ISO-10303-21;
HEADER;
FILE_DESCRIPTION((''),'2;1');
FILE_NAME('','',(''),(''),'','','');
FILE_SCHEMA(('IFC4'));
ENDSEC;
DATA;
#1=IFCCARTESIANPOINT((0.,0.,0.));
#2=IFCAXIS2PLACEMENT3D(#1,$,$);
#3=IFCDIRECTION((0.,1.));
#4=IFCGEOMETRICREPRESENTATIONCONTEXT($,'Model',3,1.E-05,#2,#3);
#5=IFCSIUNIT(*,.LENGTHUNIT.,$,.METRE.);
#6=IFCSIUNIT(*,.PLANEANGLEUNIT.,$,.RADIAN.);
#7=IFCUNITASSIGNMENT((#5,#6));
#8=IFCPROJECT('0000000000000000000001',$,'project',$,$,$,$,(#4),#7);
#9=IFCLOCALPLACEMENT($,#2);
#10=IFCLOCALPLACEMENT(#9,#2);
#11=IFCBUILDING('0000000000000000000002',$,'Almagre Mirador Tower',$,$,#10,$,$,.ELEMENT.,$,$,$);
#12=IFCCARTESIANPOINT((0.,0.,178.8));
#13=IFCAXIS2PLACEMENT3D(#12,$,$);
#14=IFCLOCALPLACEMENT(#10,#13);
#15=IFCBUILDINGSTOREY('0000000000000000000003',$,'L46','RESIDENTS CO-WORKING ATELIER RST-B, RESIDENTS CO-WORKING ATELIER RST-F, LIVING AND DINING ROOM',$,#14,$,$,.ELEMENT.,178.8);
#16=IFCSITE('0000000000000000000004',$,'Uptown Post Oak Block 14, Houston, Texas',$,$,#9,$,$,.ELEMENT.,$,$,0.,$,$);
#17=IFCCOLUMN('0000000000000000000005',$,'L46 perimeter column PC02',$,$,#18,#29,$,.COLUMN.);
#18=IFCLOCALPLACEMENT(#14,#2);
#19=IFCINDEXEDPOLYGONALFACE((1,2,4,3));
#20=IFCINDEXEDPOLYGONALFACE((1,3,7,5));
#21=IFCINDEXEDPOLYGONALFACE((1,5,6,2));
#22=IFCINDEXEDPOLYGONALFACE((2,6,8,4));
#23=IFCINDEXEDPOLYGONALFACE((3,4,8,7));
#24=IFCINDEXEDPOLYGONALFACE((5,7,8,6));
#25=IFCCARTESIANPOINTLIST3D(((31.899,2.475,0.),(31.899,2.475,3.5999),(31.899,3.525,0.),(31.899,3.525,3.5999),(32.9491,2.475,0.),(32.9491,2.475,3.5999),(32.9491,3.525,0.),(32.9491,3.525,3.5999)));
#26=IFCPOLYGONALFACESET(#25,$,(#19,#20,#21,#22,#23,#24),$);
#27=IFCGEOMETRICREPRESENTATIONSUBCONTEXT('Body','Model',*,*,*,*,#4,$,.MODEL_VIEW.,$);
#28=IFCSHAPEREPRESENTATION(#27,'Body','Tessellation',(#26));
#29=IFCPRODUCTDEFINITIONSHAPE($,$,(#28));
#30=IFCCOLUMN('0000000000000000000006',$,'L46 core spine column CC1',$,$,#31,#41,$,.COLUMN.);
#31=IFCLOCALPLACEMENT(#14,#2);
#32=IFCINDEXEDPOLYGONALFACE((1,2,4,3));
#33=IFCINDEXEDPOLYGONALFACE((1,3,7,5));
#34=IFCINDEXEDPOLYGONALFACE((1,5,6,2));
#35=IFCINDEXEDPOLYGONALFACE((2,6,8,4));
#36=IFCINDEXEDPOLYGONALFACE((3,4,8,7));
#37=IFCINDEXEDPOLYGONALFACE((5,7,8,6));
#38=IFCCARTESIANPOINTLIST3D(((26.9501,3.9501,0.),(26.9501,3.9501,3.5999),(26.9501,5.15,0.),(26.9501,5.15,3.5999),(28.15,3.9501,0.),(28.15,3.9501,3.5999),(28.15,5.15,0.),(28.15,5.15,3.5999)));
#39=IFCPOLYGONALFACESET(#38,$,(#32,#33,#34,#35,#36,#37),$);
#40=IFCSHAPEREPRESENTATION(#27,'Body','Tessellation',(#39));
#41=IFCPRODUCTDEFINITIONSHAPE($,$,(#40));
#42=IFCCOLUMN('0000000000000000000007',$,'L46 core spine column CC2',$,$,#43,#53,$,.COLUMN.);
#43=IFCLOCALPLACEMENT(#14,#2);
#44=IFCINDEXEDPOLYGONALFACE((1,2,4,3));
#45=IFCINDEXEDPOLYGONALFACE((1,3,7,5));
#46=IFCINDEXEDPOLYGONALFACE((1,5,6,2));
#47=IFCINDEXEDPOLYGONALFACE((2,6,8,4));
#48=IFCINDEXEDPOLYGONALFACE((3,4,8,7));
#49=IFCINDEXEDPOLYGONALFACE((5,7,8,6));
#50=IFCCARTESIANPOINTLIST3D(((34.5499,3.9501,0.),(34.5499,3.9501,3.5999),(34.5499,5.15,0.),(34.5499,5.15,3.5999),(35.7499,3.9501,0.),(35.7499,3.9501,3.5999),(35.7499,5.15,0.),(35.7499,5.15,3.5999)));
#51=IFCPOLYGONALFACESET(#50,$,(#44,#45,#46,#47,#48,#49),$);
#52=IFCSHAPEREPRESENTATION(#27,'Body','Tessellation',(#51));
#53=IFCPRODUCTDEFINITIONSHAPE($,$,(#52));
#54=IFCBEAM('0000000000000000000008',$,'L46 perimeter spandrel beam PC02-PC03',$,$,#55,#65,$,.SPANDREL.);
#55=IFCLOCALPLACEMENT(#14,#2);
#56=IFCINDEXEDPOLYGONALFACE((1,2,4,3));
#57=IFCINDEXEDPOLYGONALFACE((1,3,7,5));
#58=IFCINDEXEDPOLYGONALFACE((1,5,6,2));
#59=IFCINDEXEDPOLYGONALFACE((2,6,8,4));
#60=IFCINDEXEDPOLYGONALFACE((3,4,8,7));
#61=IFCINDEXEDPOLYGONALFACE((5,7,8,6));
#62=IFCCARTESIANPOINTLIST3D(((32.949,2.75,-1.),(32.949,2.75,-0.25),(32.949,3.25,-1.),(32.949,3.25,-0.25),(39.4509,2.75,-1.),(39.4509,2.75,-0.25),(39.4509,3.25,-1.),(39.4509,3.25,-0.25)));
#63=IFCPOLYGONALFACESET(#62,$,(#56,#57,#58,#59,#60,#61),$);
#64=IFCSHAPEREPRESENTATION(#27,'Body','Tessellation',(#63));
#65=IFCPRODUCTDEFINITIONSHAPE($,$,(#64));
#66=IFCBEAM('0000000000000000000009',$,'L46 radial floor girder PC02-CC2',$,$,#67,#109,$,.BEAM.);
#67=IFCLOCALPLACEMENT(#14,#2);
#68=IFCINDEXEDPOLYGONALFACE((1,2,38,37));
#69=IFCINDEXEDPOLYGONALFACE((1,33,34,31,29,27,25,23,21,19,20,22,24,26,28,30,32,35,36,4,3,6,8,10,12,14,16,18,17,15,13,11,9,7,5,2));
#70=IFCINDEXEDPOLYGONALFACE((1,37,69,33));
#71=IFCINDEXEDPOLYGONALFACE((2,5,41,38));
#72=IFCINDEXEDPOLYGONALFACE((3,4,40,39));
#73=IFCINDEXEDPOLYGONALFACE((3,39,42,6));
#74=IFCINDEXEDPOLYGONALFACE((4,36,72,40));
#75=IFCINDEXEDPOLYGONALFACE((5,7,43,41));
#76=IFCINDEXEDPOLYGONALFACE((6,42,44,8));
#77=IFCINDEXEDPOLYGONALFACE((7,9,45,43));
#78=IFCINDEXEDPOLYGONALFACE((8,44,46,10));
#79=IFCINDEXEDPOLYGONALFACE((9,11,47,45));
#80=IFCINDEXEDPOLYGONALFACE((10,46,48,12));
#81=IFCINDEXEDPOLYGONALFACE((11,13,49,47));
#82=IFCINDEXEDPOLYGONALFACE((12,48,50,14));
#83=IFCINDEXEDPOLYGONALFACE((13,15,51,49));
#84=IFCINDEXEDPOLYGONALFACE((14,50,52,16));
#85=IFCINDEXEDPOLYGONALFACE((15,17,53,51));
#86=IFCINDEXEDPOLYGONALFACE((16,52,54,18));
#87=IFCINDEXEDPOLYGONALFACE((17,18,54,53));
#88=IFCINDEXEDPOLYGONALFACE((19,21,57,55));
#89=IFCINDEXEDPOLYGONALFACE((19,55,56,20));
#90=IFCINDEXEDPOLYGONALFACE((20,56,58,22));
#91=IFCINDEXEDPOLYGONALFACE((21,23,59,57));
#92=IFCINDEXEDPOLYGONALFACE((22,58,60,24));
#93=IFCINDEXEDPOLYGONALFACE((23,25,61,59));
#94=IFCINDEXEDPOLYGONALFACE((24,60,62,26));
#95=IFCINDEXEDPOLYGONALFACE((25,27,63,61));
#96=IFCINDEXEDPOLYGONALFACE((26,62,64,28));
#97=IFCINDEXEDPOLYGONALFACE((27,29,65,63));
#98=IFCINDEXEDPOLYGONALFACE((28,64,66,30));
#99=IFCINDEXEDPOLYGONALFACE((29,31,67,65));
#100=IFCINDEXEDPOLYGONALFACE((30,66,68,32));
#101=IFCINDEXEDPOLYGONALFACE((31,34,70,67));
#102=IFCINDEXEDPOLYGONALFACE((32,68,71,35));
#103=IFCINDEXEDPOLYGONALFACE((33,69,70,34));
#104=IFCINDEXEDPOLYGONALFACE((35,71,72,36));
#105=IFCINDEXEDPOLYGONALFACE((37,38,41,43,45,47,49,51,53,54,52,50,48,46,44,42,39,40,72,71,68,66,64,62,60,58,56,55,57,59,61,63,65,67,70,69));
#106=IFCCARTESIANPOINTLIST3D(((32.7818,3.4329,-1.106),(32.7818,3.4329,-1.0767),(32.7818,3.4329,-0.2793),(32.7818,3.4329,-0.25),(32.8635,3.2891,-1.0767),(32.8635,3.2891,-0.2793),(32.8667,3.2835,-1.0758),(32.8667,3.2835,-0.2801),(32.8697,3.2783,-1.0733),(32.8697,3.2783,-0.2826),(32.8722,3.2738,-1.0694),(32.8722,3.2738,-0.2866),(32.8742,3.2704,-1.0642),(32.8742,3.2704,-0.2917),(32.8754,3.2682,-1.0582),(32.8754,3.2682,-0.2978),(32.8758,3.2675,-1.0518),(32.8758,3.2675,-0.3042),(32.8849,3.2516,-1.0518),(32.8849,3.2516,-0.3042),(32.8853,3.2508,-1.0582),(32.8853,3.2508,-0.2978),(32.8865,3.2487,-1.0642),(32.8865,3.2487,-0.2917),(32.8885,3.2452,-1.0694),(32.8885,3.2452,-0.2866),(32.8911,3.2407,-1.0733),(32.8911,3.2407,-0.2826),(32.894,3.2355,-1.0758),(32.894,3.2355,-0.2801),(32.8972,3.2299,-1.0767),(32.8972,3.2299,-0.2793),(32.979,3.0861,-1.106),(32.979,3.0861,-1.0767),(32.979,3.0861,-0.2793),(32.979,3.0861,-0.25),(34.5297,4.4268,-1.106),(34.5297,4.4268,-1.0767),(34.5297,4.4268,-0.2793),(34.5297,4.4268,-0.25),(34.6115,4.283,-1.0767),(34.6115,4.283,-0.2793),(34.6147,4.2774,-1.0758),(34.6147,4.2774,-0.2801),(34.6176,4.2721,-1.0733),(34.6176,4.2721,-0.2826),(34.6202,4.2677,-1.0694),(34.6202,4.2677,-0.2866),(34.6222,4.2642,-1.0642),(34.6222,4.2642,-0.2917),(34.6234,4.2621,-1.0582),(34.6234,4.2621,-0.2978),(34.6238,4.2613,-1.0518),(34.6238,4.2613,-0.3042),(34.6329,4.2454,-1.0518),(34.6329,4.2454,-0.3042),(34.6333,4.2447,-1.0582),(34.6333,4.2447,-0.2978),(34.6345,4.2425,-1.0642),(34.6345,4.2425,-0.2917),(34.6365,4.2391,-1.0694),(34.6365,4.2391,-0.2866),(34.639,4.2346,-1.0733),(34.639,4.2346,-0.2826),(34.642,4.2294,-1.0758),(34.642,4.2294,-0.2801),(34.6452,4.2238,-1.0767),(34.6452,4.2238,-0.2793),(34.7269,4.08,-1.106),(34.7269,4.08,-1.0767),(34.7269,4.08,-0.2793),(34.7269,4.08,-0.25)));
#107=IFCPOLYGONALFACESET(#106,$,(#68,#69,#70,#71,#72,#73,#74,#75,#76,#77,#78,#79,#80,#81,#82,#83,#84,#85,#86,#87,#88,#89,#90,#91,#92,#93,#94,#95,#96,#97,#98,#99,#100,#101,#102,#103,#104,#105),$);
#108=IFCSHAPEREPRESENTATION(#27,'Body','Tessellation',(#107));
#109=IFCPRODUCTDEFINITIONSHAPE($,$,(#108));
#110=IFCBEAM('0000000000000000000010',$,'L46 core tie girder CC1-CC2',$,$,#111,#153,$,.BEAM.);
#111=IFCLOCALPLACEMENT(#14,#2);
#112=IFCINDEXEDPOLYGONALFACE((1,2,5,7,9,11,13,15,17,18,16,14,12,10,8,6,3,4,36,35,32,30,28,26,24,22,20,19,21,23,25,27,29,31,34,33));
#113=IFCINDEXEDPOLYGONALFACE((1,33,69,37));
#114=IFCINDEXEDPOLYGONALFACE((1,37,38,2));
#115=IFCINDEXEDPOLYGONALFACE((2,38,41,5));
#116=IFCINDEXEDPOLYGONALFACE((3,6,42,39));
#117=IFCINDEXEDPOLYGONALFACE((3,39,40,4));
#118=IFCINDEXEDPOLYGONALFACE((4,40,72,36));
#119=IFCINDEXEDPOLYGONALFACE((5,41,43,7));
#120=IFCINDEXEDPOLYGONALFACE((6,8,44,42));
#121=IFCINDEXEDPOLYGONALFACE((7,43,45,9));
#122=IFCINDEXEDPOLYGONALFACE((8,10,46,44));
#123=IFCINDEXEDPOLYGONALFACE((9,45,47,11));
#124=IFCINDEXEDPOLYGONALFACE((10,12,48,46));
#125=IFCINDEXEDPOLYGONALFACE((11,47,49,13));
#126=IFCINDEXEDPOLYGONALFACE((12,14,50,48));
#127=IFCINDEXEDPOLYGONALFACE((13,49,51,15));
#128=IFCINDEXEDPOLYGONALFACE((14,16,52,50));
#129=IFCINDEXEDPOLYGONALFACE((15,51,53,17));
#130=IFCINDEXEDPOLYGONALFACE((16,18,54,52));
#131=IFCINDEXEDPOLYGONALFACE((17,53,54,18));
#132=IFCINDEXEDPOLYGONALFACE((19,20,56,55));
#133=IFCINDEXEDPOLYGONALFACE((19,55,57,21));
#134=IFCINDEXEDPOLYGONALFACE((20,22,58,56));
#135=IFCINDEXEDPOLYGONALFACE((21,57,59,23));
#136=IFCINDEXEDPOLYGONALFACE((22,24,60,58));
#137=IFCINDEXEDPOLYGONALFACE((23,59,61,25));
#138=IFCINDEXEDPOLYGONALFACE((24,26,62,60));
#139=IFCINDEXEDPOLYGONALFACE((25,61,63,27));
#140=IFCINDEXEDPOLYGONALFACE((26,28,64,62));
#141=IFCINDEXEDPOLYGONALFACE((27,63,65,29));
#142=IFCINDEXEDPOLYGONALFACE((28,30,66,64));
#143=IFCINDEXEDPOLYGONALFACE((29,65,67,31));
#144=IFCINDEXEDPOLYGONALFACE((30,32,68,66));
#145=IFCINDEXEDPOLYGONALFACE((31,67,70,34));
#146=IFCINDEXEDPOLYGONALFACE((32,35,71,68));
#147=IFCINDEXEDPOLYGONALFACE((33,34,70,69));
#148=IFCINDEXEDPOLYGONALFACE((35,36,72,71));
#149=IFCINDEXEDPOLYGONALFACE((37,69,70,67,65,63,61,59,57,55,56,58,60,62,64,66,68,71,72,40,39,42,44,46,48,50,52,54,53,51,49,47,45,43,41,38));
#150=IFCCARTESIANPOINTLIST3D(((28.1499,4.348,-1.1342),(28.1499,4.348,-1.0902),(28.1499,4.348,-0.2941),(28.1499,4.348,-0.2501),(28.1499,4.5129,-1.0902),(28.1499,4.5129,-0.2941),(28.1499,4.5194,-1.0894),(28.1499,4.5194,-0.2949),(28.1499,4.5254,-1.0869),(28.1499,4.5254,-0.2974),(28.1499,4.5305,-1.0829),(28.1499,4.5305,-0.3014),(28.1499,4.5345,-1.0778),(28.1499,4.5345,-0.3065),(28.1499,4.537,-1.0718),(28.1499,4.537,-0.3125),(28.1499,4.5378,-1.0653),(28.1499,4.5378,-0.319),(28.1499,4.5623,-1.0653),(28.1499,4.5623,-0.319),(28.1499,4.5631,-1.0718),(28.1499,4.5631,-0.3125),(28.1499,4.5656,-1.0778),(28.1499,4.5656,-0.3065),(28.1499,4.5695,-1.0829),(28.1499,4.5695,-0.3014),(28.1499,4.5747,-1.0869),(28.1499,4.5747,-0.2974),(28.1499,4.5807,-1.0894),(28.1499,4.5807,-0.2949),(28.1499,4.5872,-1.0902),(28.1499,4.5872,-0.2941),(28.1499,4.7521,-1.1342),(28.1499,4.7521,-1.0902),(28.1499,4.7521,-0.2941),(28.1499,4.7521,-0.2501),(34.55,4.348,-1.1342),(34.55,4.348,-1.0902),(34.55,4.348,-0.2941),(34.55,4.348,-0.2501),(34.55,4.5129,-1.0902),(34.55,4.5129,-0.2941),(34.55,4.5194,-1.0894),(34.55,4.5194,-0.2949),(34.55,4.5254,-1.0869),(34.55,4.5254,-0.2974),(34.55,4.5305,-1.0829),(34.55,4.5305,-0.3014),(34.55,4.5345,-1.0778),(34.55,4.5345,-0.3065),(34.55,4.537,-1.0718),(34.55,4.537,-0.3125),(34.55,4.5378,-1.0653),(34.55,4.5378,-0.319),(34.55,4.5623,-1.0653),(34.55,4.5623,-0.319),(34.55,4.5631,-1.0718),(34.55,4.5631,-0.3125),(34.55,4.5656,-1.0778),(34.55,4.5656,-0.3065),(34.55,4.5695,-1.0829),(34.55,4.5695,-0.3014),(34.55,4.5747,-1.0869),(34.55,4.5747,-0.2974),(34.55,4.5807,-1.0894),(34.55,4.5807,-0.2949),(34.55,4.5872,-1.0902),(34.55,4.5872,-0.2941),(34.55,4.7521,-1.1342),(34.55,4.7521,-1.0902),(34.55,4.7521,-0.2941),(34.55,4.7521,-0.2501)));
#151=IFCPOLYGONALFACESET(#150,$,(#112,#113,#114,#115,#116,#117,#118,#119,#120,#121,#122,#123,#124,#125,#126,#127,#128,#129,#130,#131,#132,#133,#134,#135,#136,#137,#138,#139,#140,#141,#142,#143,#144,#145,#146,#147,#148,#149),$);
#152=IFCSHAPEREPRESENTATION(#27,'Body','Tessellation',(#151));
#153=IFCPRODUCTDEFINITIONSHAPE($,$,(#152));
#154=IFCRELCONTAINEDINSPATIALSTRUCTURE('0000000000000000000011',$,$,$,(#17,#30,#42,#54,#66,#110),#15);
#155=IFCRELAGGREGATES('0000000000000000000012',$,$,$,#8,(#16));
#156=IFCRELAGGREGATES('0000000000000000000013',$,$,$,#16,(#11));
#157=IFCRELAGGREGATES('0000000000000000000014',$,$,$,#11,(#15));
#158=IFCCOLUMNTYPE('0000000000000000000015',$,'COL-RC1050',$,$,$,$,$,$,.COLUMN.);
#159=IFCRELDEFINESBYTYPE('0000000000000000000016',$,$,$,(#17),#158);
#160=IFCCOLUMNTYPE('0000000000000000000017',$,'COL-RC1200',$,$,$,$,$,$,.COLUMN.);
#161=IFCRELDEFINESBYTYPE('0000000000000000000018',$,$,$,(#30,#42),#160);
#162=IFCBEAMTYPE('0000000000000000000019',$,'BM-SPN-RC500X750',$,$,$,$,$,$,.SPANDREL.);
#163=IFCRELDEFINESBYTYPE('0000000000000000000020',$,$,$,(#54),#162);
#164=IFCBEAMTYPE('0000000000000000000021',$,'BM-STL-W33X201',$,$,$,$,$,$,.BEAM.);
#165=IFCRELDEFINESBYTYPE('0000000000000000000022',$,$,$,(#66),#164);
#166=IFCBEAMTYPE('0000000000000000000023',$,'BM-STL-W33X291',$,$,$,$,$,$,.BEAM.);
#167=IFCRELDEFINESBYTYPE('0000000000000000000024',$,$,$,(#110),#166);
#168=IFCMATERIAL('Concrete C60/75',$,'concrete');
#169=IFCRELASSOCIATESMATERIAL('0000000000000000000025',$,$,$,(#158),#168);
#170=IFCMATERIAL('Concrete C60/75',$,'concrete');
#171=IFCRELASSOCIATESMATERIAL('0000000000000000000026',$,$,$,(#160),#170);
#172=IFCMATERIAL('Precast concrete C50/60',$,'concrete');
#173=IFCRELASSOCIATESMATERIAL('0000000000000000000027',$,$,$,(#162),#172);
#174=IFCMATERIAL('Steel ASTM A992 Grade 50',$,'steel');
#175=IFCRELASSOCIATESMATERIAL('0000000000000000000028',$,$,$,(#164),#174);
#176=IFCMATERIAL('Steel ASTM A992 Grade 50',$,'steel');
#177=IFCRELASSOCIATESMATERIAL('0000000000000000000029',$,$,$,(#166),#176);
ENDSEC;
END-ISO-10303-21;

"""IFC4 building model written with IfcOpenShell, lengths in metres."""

from ifc_helpers import new_model, si_unit, direction, frame, origin, origin_2d, place, context, subcontext, project, spatial, rectangle, i_section, extrude, material, material_profile, profile_set, type_object, element, save


model = new_model("IFC4")

# Units and contexts
model_context = context("Model", 3, precision=1e-05, world=origin(), true_north=direction((0.0, 1.0)))
body_context = subcontext(model_context, "Body", "Model", "MODEL_VIEW")
ifc_project = project(units=[si_unit("LENGTHUNIT", "METRE"), si_unit("PLANEANGLEUNIT", "RADIAN")], contexts=[model_context])

# Site, building, storey
site_placement = place(None, origin())
site = spatial("IfcSite", under=ifc_project, at=site_placement, Name="Uptown Post Oak Block 14, Houston, Texas", CompositionType="ELEMENT", RefElevation=0.0)
building_placement = place(site_placement, origin())
building = spatial("IfcBuilding", under=site, at=building_placement, Name="Almagre Mirador Tower", CompositionType="ELEMENT")
storey_placement = place(building_placement, frame((0.0, 0.0, 178.8)))
storey = spatial("IfcBuildingStorey", under=building, at=storey_placement, Name="L46", Description="RESIDENTS CO-WORKING ATELIER RST-B, RESIDENTS CO-WORKING ATELIER RST-F, LIVING AND DINING ROOM", CompositionType="ELEMENT", Elevation=178.8)

# Columns
ifc_material_1 = material(Name="Concrete C60/75", Category="concrete")
ifc_material_profile_1 = material_profile(ifc_material_1, rectangle(XDim=1.05, YDim=1.05, at=origin_2d()), Name="RC1050X1050")
ifc_profile_set_1 = profile_set([ifc_material_profile_1], Name="Concrete C60/75")
column_type_1 = type_object("IfcColumnType", Name="COL-RC1050", PredefinedType="COLUMN", material=ifc_profile_set_1)
column_placement = place(storey_placement, frame((32.4241, 3.0, 0.0), z_axis=(0.0, 0.0, 1.0), x_axis=(1.0, 0.0, 0.0)))
element("IfcColumn", 1, at=column_placement, inside=storey, type_object=column_type_1, Name="L46 perimeter column PC02", PredefinedType="COLUMN", context=body_context, shape_type="SweptSolid", body=[
    extrude(rectangle(XDim=1.05, YDim=1.05, at=origin_2d()), origin(), (0.0, 0.0, 1.0), 3.5999),
])
ifc_material_2 = material(Name="Concrete C60/75", Category="concrete")
ifc_material_profile_2 = material_profile(ifc_material_2, rectangle(XDim=1.2, YDim=1.2, at=origin_2d()), Name="RC1200X1200")
ifc_profile_set_2 = profile_set([ifc_material_profile_2], Name="Concrete C60/75")
column_type_2 = type_object("IfcColumnType", Name="COL-RC1200", PredefinedType="COLUMN", material=ifc_profile_set_2)
for number, where, z_axis, x_axis, name in (
    (2, (27.55, 4.55, 0.0), (0.0, 0.0, 1.0), (1.0, 0.0, 0.0), "L46 core spine column CC1"),
    (3, (35.1499, 4.55, 0.0), (0.0, 0.0, 1.0), (1.0, 0.0, 0.0), "L46 core spine column CC2"),
):
    element("IfcColumn", number, at=place(storey_placement, frame(where, z_axis=z_axis, x_axis=x_axis)), inside=storey, type_object=column_type_2, Name=name, PredefinedType="COLUMN", context=body_context, shape_type="SweptSolid", body=[
        extrude(rectangle(XDim=1.2, YDim=1.2, at=origin_2d()), origin(), (0.0, 0.0, 1.0), 3.5999),
    ])

# Beams
ifc_material_3 = material(Name="Precast concrete C50/60", Category="concrete")
ifc_material_profile_3 = material_profile(ifc_material_3, rectangle(XDim=0.5, YDim=0.75, at=origin_2d()), Name="RC500X750")
ifc_profile_set_3 = profile_set([ifc_material_profile_3], Name="Precast concrete C50/60")
beam_type_1 = type_object("IfcBeamType", Name="BM-SPN-RC500X750", PredefinedType="SPANDREL", material=ifc_profile_set_3)
beam_1_placement = place(storey_placement, frame((32.949, 3.0, -0.625), z_axis=(1.0, 0.0, 0.0), x_axis=(0.0, 1.0, 0.0)))
element("IfcBeam", 4, at=beam_1_placement, inside=storey, type_object=beam_type_1, Name="L46 perimeter spandrel beam PC02-PC03", PredefinedType="SPANDREL", context=body_context, shape_type="SweptSolid", body=[
    extrude(rectangle(XDim=0.5, YDim=0.75, at=origin_2d()), origin(), (0.0, 0.0, 1.0), 6.502),
])
ifc_material_4 = material(Name="Steel ASTM A992 Grade 50", Category="steel")
ifc_material_profile_4 = material_profile(ifc_material_4, i_section(OverallWidth=0.3989, OverallDepth=0.856, WebThickness=0.0183, FlangeThickness=0.0293, FilletRadius=0.0249, at=origin_2d()), Name="W33X201")
ifc_profile_set_4 = profile_set([ifc_material_profile_4], Name="Steel ASTM A992 Grade 50")
beam_type_2 = type_object("IfcBeamType", Name="BM-STL-W33X201", PredefinedType="BEAM", material=ifc_profile_set_4)
beam_2_placement = place(storey_placement, frame((32.8804, 3.2595, -0.678), z_axis=(0.86931, 0.494268, 0.0), x_axis=(-0.494268, 0.86931, 0.0)))
element("IfcBeam", 5, at=beam_2_placement, inside=storey, type_object=beam_type_2, Name="L46 radial floor girder PC02-CC2", PredefinedType="BEAM", context=body_context, shape_type="SweptSolid", body=[
    extrude(i_section(OverallWidth=0.3989, OverallDepth=0.856, WebThickness=0.0183, FlangeThickness=0.0293, FilletRadius=0.0249, at=origin_2d()), origin(), (0.0, 0.0, 1.0), 2.0107),
])
ifc_material_5 = material(Name="Steel ASTM A992 Grade 50", Category="steel")
ifc_material_profile_5 = material_profile(ifc_material_5, i_section(OverallWidth=0.4041, OverallDepth=0.884, WebThickness=0.0244, FlangeThickness=0.0439, FilletRadius=0.0249, at=origin_2d()), Name="W33X291")
ifc_profile_set_5 = profile_set([ifc_material_profile_5], Name="Steel ASTM A992 Grade 50")
beam_type_3 = type_object("IfcBeamType", Name="BM-STL-W33X291", PredefinedType="BEAM", material=ifc_profile_set_5)
beam_3_placement = place(storey_placement, frame((28.1499, 4.55, -0.6921), z_axis=(1.0, 0.0, 0.0), x_axis=(0.0, 1.0, 0.0)))
element("IfcBeam", 6, at=beam_3_placement, inside=storey, type_object=beam_type_3, Name="L46 core tie girder CC1-CC2", PredefinedType="BEAM", context=body_context, shape_type="SweptSolid", body=[
    extrude(i_section(OverallWidth=0.4041, OverallDepth=0.884, WebThickness=0.0244, FlangeThickness=0.0439, FilletRadius=0.0249, at=origin_2d()), origin(), (0.0, 0.0, 1.0), 6.4001),
])

save(model, "model.ifc")
